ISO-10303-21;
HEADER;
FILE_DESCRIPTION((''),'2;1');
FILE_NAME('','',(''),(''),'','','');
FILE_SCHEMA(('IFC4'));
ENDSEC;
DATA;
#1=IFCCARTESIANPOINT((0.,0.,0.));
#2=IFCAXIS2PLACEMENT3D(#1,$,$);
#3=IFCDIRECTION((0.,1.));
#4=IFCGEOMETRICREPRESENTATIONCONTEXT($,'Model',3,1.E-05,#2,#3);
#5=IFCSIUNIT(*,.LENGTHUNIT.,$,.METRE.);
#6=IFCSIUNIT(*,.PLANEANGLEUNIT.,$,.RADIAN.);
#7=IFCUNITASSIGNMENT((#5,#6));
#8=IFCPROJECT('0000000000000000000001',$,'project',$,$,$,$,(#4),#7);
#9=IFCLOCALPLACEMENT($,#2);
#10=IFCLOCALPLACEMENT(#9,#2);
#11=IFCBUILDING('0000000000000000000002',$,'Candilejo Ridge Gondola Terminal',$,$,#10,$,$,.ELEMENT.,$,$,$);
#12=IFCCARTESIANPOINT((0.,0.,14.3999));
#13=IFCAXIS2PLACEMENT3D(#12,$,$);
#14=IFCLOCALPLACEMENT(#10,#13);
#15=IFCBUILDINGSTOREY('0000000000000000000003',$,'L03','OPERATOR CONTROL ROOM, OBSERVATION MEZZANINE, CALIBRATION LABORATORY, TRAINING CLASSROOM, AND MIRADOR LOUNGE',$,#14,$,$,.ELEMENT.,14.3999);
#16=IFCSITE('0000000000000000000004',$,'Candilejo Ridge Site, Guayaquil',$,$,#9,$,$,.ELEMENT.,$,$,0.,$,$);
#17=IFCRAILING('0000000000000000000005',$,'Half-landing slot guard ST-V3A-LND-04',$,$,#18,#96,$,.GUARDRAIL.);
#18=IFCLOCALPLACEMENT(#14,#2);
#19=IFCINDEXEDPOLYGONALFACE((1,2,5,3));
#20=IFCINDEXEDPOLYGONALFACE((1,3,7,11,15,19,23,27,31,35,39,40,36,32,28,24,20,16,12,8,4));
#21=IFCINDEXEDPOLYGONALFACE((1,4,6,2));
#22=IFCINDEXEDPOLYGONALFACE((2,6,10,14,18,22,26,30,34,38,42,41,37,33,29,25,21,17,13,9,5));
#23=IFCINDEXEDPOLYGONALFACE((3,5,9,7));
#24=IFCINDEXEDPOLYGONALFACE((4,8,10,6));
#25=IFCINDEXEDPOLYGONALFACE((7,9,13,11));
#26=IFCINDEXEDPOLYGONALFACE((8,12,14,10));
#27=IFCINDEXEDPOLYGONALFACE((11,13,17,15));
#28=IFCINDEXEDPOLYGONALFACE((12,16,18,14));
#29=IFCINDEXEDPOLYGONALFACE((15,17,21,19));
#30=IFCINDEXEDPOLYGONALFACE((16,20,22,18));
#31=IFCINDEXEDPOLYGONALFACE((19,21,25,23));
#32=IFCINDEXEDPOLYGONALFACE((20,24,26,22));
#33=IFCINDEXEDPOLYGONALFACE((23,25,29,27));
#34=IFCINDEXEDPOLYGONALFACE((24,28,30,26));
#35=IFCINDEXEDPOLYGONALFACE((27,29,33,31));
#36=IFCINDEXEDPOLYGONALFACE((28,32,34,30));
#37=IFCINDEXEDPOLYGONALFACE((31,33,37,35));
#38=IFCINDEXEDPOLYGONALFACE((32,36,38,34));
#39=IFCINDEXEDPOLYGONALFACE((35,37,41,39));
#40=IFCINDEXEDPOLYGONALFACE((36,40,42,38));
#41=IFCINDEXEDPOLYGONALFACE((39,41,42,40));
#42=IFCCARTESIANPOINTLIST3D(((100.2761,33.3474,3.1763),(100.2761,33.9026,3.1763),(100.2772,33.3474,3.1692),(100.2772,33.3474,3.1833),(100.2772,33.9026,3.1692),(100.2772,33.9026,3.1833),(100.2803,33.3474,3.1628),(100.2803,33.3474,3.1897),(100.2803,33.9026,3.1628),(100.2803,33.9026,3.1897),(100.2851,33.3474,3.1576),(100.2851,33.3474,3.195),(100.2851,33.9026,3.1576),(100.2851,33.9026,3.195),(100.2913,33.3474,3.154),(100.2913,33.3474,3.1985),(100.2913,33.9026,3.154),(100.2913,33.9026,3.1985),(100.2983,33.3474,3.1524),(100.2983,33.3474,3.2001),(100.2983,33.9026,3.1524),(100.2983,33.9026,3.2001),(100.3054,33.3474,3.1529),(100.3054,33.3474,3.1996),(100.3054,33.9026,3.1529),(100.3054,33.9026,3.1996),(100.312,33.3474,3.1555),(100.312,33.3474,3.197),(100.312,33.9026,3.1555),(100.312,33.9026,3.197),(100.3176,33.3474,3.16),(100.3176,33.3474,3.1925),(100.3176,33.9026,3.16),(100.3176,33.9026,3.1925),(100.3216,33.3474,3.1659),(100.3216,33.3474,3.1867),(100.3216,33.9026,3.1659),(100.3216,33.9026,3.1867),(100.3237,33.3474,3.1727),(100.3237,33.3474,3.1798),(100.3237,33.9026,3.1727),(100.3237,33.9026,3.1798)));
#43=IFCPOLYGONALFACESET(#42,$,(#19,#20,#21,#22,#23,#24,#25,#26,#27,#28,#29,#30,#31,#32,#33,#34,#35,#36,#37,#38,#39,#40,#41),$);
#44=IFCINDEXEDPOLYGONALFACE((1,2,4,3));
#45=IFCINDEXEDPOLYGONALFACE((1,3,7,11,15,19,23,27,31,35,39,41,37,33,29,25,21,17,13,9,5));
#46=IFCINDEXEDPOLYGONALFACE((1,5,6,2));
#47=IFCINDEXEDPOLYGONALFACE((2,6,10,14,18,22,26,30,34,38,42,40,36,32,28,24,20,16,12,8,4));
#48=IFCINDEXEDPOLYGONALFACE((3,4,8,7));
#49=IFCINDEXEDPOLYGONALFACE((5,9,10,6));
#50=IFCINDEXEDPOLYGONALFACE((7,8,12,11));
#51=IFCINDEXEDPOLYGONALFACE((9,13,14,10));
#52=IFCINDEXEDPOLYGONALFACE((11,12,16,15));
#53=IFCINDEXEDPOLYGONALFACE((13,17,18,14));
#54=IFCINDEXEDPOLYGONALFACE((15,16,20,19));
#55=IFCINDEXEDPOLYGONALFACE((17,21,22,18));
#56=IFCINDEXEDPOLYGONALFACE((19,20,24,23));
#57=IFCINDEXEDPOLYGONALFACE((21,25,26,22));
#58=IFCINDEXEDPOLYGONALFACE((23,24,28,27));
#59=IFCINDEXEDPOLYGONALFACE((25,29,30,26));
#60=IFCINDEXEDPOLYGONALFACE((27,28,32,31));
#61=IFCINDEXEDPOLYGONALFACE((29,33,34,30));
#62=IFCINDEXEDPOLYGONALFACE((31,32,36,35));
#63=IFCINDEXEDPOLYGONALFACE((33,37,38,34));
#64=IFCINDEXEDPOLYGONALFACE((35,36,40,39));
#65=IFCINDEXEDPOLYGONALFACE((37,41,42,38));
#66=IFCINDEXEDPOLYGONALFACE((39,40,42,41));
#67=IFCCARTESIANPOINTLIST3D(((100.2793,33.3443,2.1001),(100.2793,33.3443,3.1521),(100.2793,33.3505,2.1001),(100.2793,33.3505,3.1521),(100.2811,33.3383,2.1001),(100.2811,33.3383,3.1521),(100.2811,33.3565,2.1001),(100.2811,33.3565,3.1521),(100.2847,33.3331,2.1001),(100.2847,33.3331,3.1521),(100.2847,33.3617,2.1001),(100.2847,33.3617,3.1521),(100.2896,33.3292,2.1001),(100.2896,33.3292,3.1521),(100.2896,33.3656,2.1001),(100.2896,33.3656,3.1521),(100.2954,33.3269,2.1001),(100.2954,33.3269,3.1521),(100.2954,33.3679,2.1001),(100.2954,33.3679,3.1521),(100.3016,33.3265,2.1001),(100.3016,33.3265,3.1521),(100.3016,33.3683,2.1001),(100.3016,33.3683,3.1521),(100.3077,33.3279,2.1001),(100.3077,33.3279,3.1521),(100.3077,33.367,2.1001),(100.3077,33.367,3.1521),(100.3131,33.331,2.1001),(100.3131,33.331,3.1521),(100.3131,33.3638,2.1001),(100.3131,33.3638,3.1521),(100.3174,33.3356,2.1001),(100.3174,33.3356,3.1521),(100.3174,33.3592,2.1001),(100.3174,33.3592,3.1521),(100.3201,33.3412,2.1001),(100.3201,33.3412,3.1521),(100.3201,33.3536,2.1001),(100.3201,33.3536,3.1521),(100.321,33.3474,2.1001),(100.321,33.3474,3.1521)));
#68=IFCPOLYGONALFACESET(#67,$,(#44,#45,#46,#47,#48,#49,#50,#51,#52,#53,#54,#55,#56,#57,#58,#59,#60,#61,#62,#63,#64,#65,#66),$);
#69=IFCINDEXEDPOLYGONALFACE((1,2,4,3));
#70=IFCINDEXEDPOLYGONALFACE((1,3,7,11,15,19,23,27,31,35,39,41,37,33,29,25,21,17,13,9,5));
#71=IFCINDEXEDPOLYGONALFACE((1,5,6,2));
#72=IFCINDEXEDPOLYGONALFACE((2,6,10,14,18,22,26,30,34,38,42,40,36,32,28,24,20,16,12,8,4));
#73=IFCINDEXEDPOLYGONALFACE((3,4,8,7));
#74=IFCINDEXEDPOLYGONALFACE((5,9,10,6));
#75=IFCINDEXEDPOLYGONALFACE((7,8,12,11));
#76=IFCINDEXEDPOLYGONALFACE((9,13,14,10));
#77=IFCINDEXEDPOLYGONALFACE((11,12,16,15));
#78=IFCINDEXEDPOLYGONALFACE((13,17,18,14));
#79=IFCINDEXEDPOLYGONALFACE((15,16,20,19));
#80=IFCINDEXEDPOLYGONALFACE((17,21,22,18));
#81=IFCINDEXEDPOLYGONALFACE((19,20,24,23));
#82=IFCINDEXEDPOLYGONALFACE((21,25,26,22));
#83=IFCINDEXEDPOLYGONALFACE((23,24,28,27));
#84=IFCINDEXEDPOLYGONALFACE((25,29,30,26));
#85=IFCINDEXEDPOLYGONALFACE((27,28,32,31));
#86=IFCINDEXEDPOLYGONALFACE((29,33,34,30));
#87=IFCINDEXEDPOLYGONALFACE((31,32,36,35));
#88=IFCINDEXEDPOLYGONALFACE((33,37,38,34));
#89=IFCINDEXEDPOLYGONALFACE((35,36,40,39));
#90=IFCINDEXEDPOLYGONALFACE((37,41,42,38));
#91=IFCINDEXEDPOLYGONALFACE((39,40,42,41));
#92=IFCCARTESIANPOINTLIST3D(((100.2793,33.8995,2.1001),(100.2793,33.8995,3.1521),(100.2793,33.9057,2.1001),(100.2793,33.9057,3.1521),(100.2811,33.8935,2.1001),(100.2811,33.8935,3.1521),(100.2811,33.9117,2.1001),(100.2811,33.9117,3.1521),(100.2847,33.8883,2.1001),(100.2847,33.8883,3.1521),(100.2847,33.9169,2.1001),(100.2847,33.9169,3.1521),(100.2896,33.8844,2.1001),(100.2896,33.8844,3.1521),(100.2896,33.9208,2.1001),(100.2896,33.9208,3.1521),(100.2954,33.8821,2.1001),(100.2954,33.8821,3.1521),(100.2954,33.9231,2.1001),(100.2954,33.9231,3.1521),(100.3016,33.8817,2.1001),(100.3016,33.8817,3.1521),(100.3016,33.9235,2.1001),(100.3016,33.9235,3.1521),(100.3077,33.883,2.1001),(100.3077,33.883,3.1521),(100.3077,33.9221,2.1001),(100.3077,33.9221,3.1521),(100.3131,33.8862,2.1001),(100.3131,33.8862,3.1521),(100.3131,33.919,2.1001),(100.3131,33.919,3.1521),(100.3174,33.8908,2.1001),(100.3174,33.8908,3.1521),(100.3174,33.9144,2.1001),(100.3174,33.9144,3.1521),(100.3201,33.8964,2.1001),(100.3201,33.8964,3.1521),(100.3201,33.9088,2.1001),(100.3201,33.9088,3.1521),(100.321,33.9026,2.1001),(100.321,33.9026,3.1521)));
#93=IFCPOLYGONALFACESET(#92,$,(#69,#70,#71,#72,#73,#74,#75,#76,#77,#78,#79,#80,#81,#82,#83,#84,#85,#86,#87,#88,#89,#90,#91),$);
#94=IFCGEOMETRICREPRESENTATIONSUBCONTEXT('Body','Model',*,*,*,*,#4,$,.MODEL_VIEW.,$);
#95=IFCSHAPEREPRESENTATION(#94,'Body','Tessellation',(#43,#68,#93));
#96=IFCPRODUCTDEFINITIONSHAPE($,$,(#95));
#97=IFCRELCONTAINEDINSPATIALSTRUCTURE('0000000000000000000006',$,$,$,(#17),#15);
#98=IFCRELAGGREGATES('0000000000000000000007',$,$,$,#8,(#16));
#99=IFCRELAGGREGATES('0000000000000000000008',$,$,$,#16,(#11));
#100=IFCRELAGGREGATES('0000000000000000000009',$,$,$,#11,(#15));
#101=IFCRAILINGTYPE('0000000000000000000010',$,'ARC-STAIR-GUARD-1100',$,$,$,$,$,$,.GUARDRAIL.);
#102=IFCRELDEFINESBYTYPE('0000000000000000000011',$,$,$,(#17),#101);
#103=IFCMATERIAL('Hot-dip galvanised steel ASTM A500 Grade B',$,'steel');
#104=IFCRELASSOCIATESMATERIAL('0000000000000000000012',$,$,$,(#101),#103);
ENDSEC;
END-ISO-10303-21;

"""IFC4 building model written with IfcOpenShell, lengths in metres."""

from ifc_helpers import new_model, si_unit, direction, frame, origin, origin_2d, place, context, subcontext, project, spatial, circle, extrude, material, type_object, element, save


model = new_model("IFC4")

# Units and contexts
model_context = context("Model", 3, precision=1e-05, world=origin(), true_north=direction((0.0, 1.0)))
body_context = subcontext(model_context, "Body", "Model", "MODEL_VIEW")
ifc_project = project(units=[si_unit("LENGTHUNIT", "METRE"), si_unit("PLANEANGLEUNIT", "RADIAN")], contexts=[model_context])

# Site, building, storey
site_placement = place(None, origin())
site = spatial("IfcSite", under=ifc_project, at=site_placement, Name="Candilejo Ridge Site, Guayaquil", CompositionType="ELEMENT", RefElevation=0.0)
building_placement = place(site_placement, origin())
building = spatial("IfcBuilding", under=site, at=building_placement, Name="Candilejo Ridge Gondola Terminal", CompositionType="ELEMENT")
storey_placement = place(building_placement, frame((0.0, 0.0, 14.3999)))
storey = spatial("IfcBuildingStorey", under=building, at=storey_placement, Name="L03", Description="OPERATOR CONTROL ROOM, OBSERVATION MEZZANINE, CALIBRATION LABORATORY, TRAINING CLASSROOM, AND MIRADOR LOUNGE", CompositionType="ELEMENT", Elevation=14.3999)

# Railing
ifc_material_1 = material(Name="Hot-dip galvanised steel ASTM A500 Grade B", Category="steel")
railing_type_1 = type_object("IfcRailingType", Name="ARC-STAIR-GUARD-1100", PredefinedType="GUARDRAIL", material=ifc_material_1)
railing_1_placement = place(storey_placement, frame((100.3, 33.3474, 2.1001)))
element("IfcRailing", 1, at=railing_1_placement, inside=storey, type_object=railing_type_1, Name="Half-landing slot guard ST-V3A-LND-04", PredefinedType="GUARDRAIL", context=body_context, shape_type="SweptSolid", body=[
    extrude(circle(Radius=0.0239, at=origin_2d()), frame((0.0, 0.0, 1.0762), z_axis=(0.0, 1.0, 0.0), x_axis=(-1.0, 0.0, 0.0)), (0.0, 0.0, 1.0), 0.5552),
    extrude(circle(Radius=0.021, at=origin_2d()), origin(), (0.0, 0.0, 1.0), 1.052),
    extrude(circle(Radius=0.021, at=origin_2d()), frame((0.0, 0.5552, 0.0)), (0.0, 0.0, 1.0), 1.052),
])

save(model, "model.ifc")
